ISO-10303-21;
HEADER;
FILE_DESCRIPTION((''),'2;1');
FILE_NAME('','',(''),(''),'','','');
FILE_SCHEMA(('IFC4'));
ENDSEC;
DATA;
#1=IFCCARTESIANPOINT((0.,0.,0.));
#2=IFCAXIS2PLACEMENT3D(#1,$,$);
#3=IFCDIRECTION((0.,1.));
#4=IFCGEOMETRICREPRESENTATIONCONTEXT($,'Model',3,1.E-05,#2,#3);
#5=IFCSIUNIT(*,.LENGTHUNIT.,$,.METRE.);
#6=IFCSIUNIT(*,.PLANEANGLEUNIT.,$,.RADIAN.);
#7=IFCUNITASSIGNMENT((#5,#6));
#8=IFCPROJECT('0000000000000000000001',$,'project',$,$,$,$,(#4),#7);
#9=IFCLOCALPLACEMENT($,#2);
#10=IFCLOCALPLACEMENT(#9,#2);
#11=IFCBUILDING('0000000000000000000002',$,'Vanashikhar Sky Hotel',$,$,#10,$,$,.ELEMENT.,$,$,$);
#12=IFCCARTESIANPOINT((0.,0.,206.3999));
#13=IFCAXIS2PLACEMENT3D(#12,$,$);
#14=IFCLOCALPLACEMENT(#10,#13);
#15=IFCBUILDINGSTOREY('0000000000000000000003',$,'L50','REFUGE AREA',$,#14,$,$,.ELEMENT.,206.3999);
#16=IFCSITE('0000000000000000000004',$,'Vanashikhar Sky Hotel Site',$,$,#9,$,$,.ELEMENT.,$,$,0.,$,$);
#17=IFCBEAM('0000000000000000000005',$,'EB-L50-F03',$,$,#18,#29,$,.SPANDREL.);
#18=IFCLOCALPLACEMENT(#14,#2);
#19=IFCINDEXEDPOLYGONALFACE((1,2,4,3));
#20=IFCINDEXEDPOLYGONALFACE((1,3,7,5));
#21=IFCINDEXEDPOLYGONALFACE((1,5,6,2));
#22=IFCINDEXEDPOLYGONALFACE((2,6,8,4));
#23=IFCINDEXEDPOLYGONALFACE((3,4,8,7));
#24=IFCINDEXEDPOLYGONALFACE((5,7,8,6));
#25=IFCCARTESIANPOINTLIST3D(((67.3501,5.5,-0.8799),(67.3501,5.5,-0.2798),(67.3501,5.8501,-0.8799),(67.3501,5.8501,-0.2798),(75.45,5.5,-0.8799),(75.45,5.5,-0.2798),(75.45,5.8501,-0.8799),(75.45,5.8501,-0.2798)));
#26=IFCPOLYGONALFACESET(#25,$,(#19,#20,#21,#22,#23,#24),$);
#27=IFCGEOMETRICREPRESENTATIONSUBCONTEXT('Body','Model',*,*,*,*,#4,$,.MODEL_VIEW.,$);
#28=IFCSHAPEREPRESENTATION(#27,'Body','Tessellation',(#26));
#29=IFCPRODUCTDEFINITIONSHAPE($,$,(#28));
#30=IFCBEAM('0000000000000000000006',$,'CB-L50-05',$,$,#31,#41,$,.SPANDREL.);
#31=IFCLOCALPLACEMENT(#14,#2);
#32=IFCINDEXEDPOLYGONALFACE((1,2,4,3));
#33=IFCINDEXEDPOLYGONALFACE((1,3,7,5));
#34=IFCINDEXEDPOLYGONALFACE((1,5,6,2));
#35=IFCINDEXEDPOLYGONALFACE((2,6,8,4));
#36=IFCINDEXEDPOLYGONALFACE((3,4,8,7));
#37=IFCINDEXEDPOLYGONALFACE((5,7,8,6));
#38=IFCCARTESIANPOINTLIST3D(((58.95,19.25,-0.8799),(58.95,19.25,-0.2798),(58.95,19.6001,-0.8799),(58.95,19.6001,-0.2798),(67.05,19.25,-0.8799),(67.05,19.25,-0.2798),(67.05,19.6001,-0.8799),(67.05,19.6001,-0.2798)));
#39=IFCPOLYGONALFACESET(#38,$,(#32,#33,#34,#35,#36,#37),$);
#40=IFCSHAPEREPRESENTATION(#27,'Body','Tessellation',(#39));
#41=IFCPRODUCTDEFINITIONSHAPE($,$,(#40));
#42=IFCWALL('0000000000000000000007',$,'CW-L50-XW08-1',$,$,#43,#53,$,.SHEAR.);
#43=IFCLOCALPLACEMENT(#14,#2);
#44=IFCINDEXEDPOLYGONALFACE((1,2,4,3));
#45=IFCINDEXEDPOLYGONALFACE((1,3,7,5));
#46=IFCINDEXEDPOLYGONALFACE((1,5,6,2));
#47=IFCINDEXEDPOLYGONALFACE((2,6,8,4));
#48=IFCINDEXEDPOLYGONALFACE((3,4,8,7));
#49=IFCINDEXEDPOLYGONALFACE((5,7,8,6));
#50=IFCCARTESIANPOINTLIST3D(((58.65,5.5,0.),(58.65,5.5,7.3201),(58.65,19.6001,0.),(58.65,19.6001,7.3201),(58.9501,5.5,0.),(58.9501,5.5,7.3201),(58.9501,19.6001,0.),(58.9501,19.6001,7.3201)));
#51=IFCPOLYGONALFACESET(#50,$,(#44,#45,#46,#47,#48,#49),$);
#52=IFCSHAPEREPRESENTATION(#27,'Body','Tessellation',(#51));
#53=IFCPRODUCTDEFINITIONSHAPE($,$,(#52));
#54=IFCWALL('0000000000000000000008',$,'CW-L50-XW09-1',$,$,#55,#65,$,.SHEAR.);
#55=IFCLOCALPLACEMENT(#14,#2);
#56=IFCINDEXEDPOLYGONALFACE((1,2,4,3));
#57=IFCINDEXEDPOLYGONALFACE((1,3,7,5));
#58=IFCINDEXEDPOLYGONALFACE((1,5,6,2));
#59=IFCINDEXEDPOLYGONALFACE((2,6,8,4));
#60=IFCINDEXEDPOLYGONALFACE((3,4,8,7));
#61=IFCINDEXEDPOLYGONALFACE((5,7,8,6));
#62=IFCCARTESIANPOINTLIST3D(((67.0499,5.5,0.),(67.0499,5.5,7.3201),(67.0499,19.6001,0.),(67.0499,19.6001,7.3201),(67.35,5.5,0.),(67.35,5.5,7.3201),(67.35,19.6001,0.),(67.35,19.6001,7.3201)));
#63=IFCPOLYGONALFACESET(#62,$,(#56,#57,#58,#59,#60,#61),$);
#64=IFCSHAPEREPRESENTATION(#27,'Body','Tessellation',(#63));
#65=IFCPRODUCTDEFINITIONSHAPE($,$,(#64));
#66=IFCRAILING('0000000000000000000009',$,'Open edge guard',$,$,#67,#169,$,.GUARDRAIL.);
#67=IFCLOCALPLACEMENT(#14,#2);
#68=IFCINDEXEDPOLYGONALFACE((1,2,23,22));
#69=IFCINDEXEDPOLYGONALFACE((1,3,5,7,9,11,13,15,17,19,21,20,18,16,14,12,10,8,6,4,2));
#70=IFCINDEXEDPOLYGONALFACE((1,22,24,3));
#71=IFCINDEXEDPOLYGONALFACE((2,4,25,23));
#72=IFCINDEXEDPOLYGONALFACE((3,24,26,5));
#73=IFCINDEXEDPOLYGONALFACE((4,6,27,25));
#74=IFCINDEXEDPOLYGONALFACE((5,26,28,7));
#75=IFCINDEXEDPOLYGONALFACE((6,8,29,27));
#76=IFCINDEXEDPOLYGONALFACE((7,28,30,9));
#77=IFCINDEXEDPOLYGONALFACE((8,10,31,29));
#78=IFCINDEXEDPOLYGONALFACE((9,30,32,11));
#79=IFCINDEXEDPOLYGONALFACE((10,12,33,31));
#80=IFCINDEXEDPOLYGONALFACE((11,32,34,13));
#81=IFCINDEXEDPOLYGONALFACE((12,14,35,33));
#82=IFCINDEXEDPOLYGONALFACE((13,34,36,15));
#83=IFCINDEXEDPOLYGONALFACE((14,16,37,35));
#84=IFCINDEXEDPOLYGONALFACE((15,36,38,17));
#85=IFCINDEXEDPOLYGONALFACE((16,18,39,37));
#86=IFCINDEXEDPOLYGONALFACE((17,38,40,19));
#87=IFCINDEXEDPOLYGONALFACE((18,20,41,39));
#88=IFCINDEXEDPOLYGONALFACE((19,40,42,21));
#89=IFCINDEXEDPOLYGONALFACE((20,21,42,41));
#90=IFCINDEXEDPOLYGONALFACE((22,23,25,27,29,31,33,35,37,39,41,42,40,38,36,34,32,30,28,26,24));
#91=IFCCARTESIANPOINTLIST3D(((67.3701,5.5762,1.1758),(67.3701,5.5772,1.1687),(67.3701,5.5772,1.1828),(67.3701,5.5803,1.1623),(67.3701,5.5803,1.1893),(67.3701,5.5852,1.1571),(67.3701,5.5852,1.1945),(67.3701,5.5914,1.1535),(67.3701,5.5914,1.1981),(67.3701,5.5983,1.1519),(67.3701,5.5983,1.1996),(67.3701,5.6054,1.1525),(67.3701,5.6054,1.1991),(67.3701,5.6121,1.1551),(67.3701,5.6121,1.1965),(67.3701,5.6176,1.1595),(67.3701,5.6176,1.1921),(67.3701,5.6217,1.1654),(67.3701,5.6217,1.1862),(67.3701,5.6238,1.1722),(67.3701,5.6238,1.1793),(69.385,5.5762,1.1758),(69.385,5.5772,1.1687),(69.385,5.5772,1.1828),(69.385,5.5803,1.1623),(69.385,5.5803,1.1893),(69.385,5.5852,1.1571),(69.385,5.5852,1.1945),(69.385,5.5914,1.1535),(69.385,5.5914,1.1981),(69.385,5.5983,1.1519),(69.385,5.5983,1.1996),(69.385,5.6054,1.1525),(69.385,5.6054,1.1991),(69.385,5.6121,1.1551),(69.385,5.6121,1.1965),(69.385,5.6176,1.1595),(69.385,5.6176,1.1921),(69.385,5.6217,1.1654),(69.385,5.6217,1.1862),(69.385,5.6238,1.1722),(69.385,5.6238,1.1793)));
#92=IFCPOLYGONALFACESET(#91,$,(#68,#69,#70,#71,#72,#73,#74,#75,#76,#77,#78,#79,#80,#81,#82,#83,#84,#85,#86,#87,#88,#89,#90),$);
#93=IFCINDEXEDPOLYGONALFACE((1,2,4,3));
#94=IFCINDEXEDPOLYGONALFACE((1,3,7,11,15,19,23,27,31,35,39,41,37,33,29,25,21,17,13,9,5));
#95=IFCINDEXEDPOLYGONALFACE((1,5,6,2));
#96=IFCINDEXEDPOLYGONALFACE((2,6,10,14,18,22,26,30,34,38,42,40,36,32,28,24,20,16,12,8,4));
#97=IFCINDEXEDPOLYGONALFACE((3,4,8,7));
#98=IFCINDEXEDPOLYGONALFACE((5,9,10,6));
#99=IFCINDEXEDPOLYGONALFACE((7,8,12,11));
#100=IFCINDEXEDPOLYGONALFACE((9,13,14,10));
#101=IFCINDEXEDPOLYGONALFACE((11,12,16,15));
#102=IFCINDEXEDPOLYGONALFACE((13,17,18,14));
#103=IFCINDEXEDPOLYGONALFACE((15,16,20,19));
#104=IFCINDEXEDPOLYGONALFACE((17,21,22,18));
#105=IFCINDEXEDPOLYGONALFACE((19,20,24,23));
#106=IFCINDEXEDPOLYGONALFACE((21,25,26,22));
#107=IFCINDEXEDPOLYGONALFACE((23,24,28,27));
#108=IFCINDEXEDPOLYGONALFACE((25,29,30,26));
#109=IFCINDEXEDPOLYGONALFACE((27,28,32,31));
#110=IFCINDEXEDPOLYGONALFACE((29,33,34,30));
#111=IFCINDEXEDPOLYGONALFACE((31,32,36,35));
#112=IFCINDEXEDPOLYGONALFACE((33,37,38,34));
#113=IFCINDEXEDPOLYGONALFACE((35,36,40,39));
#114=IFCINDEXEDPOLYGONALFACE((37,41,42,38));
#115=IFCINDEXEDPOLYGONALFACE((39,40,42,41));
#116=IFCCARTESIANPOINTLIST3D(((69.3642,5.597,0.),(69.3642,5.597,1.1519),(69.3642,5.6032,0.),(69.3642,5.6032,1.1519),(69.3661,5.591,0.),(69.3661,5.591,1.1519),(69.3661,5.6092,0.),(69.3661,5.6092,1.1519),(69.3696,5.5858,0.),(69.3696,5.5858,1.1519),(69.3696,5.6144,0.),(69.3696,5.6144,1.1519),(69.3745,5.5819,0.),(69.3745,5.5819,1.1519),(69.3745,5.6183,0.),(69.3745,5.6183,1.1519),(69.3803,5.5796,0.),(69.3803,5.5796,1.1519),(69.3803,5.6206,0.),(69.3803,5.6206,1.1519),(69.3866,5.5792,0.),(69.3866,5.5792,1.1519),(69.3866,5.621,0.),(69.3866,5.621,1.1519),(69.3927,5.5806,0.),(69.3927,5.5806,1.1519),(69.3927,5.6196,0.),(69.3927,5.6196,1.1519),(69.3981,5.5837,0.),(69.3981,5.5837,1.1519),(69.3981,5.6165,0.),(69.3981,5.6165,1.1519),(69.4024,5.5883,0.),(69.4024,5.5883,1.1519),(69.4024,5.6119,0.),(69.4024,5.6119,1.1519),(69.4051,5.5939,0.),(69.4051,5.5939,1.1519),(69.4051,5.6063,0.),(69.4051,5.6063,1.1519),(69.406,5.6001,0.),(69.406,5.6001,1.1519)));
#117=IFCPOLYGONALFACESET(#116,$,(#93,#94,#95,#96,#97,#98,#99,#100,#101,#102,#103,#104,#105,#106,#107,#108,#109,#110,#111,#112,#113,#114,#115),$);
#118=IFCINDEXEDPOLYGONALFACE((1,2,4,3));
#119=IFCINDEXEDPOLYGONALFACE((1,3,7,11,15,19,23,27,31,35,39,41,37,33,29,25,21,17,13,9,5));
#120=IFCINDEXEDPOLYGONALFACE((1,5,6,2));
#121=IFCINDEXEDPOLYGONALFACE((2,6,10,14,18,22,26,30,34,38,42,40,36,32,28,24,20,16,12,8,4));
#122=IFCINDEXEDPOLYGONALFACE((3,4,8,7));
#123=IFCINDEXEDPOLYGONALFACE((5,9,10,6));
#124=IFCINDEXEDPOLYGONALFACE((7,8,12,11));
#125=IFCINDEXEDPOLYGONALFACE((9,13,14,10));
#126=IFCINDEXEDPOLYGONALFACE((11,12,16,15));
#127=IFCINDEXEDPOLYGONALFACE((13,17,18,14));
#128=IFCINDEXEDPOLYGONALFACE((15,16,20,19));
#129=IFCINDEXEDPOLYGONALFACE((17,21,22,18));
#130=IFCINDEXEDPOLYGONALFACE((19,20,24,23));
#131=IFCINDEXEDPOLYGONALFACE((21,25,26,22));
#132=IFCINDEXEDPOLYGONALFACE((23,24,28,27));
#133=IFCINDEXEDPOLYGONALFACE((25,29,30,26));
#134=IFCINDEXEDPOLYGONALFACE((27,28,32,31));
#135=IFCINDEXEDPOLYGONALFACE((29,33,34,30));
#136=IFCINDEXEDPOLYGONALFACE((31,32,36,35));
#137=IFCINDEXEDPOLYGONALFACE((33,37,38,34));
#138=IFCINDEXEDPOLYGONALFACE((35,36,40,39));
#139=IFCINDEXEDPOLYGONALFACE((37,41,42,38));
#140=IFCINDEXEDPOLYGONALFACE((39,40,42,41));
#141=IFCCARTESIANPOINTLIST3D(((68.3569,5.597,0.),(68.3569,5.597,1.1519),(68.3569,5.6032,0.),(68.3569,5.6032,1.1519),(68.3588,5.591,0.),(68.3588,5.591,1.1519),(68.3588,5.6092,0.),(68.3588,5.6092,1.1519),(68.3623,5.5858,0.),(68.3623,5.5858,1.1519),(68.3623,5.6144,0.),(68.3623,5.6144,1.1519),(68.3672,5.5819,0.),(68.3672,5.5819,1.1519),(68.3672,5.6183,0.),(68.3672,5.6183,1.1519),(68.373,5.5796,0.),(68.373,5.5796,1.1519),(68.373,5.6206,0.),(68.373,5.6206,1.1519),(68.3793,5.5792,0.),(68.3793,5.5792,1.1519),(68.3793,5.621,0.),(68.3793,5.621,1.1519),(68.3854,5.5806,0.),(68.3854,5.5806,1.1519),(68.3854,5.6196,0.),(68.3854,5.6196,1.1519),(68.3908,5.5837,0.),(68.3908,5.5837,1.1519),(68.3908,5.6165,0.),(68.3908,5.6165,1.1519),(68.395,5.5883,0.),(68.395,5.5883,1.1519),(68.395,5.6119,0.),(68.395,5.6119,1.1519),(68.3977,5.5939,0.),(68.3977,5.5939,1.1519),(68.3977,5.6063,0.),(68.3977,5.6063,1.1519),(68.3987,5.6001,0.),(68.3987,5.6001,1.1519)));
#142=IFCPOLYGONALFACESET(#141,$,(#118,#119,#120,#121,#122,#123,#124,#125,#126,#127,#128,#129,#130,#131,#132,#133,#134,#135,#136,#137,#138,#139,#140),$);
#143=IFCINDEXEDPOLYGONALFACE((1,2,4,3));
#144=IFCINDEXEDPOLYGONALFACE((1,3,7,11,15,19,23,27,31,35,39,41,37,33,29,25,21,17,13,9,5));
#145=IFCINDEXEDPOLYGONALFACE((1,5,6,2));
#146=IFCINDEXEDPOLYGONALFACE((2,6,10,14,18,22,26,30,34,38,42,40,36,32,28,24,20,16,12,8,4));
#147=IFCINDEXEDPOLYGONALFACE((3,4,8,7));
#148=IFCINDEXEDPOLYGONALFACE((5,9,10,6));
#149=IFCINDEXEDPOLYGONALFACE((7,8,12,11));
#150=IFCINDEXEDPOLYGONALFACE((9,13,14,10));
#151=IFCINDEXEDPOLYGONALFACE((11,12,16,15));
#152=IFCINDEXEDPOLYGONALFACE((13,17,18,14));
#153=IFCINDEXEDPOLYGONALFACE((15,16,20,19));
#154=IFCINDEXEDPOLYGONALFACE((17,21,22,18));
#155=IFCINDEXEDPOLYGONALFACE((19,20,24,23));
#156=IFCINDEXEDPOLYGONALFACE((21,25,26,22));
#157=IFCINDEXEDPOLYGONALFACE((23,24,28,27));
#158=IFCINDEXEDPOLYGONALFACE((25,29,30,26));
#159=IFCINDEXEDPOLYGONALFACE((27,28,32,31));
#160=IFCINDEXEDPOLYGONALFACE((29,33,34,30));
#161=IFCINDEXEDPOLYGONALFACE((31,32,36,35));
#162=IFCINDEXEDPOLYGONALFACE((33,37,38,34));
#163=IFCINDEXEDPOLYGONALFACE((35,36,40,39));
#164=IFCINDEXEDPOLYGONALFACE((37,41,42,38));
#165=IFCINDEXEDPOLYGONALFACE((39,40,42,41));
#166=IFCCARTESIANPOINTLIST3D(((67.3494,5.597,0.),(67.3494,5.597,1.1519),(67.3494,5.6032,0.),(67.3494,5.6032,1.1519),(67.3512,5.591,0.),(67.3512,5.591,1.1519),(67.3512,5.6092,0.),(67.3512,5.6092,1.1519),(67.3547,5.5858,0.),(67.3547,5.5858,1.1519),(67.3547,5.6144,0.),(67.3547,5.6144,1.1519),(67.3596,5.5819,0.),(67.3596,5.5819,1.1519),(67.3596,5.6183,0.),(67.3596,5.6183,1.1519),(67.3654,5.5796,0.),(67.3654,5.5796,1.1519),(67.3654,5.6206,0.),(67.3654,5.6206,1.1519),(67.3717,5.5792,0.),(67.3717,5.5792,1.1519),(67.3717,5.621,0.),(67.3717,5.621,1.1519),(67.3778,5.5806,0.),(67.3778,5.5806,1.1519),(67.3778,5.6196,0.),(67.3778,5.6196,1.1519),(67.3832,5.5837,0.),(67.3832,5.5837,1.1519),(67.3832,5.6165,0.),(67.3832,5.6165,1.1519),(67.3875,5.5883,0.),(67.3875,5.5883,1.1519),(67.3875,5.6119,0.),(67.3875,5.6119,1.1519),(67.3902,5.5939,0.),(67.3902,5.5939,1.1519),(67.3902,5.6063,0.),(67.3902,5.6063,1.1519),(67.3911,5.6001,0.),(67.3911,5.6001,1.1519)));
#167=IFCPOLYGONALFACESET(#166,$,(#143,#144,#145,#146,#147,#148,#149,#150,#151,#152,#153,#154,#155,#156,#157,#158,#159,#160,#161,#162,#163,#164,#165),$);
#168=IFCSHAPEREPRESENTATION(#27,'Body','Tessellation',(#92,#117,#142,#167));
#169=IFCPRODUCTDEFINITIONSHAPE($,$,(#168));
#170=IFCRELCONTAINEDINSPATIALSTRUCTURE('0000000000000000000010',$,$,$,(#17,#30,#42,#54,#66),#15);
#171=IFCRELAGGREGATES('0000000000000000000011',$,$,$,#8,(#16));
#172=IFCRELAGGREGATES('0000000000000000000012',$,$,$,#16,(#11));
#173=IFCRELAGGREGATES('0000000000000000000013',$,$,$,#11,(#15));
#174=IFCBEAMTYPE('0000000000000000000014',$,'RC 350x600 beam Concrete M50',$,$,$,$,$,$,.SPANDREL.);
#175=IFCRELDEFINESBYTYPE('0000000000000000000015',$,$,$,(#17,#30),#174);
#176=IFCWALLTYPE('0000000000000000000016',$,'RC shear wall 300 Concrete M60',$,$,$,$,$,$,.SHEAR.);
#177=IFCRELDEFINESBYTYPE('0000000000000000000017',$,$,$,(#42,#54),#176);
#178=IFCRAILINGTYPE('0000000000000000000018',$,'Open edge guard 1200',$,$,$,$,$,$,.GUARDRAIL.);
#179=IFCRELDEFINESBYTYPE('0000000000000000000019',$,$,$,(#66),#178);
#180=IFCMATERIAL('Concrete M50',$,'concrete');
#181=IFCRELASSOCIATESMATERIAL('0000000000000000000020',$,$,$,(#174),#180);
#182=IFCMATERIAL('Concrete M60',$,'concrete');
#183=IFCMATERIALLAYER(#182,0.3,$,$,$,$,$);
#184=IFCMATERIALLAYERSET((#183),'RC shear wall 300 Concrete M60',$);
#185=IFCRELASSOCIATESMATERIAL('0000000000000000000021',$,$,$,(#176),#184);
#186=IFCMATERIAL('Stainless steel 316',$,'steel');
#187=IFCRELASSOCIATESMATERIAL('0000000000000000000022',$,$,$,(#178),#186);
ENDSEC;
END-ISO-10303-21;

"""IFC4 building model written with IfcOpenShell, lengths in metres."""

from ifc_helpers import new_model, si_unit, direction, frame, frame_2d, origin, origin_2d, place, context, subcontext, project, spatial, rectangle, circle, extrude, source, transform, mapped, material, layer, layer_set, material_profile, profile_set, type_object, element, save


model = new_model("IFC4")

# Units and contexts
model_context = context("Model", 3, precision=1e-05, world=origin(), true_north=direction((0.0, 1.0)))
body_context = subcontext(model_context, "Body", "Model", "MODEL_VIEW")
ifc_project = project(units=[si_unit("LENGTHUNIT", "METRE"), si_unit("PLANEANGLEUNIT", "RADIAN")], contexts=[model_context])

# Site, building, storey
site_placement = place(None, origin())
site = spatial("IfcSite", under=ifc_project, at=site_placement, Name="Vanashikhar Sky Hotel Site", CompositionType="ELEMENT", RefElevation=0.0)
building_placement = place(site_placement, origin())
building = spatial("IfcBuilding", under=site, at=building_placement, Name="Vanashikhar Sky Hotel", CompositionType="ELEMENT")
storey_placement = place(building_placement, frame((0.0, 0.0, 206.3999)))
storey = spatial("IfcBuildingStorey", under=building, at=storey_placement, Name="L50", Description="REFUGE AREA", CompositionType="ELEMENT", Elevation=206.3999)

# Beams
ifc_material_1 = material(Name="Concrete M50", Category="concrete")
ifc_material_profile = material_profile(ifc_material_1, rectangle(XDim=0.3501, YDim=0.6001, at=origin_2d()))
ifc_profile_set = profile_set([ifc_material_profile], Name="RC 350x600 beam Concrete M50")
beam_type = type_object("IfcBeamType", Name="RC 350x600 beam Concrete M50", PredefinedType="SPANDREL", material=ifc_profile_set)
shared_shape_1 = source(origin(), body_context, "Body", "SweptSolid", [
    extrude(rectangle(XDim=0.3501, YDim=0.6001, at=origin_2d()), origin(), (0.0, 0.0, 1.0), 8.0999),
])
beam_1_placement = place(storey_placement, frame((67.3501, 5.675, -0.5798), z_axis=(1.0, 0.0, 0.0), x_axis=(0.0, 1.0, 0.0)))
element("IfcBeam", 1, at=beam_1_placement, inside=storey, type_object=beam_type, Name="EB-L50-F03", PredefinedType="SPANDREL", context=body_context, shape_type="MappedRepresentation", body=[
    mapped(shared_shape_1, transform((0.0, 0.0, 0.0), scale=1.0)),
])
shared_shape_2 = source(origin(), body_context, "Body", "SweptSolid", [
    extrude(rectangle(XDim=0.3501, YDim=0.6001, at=origin_2d()), origin(), (0.0, 0.0, 1.0), 8.1001),
])
beam_2_placement = place(storey_placement, frame((58.95, 19.425, -0.5798), z_axis=(1.0, 0.0, 0.0), x_axis=(0.0, 1.0, 0.0)))
element("IfcBeam", 2, at=beam_2_placement, inside=storey, type_object=beam_type, Name="CB-L50-05", PredefinedType="SPANDREL", context=body_context, shape_type="MappedRepresentation", body=[
    mapped(shared_shape_2, transform((0.0, 0.0, 0.0), scale=1.0)),
])

# Walls
ifc_material_2 = material(Name="Concrete M60", Category="concrete")
ifc_layer = layer(ifc_material_2, 0.3)
ifc_layer_set = layer_set([ifc_layer], Name="RC shear wall 300 Concrete M60")
wall_type = type_object("IfcWallType", Name="RC shear wall 300 Concrete M60", PredefinedType="SHEAR", material=ifc_layer_set)
shared_shape_3 = source(origin(), body_context, "Body", "SweptSolid", [
    extrude(rectangle(XDim=14.1001, YDim=0.3, at=frame_2d((7.05, 0.0))), origin(), (0.0, 0.0, 1.0), 7.3201),
])
for number, where, z_axis, x_axis, name in (
    (3, (58.8, 5.5, 0.0), (0.0, 0.0, 1.0), (0.0, 1.0, 0.0), "CW-L50-XW08-1"),
    (4, (67.2, 5.5, 0.0), (0.0, 0.0, 1.0), (0.0, 1.0, 0.0), "CW-L50-XW09-1"),
):
    element("IfcWall", number, at=place(storey_placement, frame(where, z_axis=z_axis, x_axis=x_axis)), inside=storey, type_object=wall_type, Name=name, PredefinedType="SHEAR", context=body_context, shape_type="MappedRepresentation", body=[
        mapped(shared_shape_3, transform((0.0, 0.0, 0.0), scale=1.0)),
    ])

# Railing
ifc_material_3 = material(Name="Stainless steel 316", Category="steel")
railing_type = type_object("IfcRailingType", Name="Open edge guard 1200", PredefinedType="GUARDRAIL", material=ifc_material_3)
shared_shape_4 = source(origin(), body_context, "Body", "SweptSolid", [
    extrude(circle(Radius=0.0239, at=origin_2d()), frame((0.0, 0.0, 1.1758), z_axis=(-1.0, 0.0, 0.0), x_axis=(0.0, -1.0, 0.0)), (0.0, 0.0, 1.0), 2.0149),
    extrude(circle(Radius=0.021, at=origin_2d()), origin(), (0.0, 0.0, 1.0), 1.1519),
    extrude(circle(Radius=0.021, at=origin_2d()), frame((-1.0073, 0.0, 0.0)), (0.0, 0.0, 1.0), 1.1519),
    extrude(circle(Radius=0.021, at=origin_2d()), frame((-2.0149, 0.0, 0.0)), (0.0, 0.0, 1.0), 1.1519),
])
railing_1_placement = place(storey_placement, frame((69.385, 5.6001, 0.0)))
element("IfcRailing", 5, at=railing_1_placement, inside=storey, type_object=railing_type, Name="Open edge guard", PredefinedType="GUARDRAIL", context=body_context, shape_type="MappedRepresentation", body=[
    mapped(shared_shape_4, transform((0.0, 0.0, 0.0), scale=1.0)),
])

save(model, "model.ifc")
